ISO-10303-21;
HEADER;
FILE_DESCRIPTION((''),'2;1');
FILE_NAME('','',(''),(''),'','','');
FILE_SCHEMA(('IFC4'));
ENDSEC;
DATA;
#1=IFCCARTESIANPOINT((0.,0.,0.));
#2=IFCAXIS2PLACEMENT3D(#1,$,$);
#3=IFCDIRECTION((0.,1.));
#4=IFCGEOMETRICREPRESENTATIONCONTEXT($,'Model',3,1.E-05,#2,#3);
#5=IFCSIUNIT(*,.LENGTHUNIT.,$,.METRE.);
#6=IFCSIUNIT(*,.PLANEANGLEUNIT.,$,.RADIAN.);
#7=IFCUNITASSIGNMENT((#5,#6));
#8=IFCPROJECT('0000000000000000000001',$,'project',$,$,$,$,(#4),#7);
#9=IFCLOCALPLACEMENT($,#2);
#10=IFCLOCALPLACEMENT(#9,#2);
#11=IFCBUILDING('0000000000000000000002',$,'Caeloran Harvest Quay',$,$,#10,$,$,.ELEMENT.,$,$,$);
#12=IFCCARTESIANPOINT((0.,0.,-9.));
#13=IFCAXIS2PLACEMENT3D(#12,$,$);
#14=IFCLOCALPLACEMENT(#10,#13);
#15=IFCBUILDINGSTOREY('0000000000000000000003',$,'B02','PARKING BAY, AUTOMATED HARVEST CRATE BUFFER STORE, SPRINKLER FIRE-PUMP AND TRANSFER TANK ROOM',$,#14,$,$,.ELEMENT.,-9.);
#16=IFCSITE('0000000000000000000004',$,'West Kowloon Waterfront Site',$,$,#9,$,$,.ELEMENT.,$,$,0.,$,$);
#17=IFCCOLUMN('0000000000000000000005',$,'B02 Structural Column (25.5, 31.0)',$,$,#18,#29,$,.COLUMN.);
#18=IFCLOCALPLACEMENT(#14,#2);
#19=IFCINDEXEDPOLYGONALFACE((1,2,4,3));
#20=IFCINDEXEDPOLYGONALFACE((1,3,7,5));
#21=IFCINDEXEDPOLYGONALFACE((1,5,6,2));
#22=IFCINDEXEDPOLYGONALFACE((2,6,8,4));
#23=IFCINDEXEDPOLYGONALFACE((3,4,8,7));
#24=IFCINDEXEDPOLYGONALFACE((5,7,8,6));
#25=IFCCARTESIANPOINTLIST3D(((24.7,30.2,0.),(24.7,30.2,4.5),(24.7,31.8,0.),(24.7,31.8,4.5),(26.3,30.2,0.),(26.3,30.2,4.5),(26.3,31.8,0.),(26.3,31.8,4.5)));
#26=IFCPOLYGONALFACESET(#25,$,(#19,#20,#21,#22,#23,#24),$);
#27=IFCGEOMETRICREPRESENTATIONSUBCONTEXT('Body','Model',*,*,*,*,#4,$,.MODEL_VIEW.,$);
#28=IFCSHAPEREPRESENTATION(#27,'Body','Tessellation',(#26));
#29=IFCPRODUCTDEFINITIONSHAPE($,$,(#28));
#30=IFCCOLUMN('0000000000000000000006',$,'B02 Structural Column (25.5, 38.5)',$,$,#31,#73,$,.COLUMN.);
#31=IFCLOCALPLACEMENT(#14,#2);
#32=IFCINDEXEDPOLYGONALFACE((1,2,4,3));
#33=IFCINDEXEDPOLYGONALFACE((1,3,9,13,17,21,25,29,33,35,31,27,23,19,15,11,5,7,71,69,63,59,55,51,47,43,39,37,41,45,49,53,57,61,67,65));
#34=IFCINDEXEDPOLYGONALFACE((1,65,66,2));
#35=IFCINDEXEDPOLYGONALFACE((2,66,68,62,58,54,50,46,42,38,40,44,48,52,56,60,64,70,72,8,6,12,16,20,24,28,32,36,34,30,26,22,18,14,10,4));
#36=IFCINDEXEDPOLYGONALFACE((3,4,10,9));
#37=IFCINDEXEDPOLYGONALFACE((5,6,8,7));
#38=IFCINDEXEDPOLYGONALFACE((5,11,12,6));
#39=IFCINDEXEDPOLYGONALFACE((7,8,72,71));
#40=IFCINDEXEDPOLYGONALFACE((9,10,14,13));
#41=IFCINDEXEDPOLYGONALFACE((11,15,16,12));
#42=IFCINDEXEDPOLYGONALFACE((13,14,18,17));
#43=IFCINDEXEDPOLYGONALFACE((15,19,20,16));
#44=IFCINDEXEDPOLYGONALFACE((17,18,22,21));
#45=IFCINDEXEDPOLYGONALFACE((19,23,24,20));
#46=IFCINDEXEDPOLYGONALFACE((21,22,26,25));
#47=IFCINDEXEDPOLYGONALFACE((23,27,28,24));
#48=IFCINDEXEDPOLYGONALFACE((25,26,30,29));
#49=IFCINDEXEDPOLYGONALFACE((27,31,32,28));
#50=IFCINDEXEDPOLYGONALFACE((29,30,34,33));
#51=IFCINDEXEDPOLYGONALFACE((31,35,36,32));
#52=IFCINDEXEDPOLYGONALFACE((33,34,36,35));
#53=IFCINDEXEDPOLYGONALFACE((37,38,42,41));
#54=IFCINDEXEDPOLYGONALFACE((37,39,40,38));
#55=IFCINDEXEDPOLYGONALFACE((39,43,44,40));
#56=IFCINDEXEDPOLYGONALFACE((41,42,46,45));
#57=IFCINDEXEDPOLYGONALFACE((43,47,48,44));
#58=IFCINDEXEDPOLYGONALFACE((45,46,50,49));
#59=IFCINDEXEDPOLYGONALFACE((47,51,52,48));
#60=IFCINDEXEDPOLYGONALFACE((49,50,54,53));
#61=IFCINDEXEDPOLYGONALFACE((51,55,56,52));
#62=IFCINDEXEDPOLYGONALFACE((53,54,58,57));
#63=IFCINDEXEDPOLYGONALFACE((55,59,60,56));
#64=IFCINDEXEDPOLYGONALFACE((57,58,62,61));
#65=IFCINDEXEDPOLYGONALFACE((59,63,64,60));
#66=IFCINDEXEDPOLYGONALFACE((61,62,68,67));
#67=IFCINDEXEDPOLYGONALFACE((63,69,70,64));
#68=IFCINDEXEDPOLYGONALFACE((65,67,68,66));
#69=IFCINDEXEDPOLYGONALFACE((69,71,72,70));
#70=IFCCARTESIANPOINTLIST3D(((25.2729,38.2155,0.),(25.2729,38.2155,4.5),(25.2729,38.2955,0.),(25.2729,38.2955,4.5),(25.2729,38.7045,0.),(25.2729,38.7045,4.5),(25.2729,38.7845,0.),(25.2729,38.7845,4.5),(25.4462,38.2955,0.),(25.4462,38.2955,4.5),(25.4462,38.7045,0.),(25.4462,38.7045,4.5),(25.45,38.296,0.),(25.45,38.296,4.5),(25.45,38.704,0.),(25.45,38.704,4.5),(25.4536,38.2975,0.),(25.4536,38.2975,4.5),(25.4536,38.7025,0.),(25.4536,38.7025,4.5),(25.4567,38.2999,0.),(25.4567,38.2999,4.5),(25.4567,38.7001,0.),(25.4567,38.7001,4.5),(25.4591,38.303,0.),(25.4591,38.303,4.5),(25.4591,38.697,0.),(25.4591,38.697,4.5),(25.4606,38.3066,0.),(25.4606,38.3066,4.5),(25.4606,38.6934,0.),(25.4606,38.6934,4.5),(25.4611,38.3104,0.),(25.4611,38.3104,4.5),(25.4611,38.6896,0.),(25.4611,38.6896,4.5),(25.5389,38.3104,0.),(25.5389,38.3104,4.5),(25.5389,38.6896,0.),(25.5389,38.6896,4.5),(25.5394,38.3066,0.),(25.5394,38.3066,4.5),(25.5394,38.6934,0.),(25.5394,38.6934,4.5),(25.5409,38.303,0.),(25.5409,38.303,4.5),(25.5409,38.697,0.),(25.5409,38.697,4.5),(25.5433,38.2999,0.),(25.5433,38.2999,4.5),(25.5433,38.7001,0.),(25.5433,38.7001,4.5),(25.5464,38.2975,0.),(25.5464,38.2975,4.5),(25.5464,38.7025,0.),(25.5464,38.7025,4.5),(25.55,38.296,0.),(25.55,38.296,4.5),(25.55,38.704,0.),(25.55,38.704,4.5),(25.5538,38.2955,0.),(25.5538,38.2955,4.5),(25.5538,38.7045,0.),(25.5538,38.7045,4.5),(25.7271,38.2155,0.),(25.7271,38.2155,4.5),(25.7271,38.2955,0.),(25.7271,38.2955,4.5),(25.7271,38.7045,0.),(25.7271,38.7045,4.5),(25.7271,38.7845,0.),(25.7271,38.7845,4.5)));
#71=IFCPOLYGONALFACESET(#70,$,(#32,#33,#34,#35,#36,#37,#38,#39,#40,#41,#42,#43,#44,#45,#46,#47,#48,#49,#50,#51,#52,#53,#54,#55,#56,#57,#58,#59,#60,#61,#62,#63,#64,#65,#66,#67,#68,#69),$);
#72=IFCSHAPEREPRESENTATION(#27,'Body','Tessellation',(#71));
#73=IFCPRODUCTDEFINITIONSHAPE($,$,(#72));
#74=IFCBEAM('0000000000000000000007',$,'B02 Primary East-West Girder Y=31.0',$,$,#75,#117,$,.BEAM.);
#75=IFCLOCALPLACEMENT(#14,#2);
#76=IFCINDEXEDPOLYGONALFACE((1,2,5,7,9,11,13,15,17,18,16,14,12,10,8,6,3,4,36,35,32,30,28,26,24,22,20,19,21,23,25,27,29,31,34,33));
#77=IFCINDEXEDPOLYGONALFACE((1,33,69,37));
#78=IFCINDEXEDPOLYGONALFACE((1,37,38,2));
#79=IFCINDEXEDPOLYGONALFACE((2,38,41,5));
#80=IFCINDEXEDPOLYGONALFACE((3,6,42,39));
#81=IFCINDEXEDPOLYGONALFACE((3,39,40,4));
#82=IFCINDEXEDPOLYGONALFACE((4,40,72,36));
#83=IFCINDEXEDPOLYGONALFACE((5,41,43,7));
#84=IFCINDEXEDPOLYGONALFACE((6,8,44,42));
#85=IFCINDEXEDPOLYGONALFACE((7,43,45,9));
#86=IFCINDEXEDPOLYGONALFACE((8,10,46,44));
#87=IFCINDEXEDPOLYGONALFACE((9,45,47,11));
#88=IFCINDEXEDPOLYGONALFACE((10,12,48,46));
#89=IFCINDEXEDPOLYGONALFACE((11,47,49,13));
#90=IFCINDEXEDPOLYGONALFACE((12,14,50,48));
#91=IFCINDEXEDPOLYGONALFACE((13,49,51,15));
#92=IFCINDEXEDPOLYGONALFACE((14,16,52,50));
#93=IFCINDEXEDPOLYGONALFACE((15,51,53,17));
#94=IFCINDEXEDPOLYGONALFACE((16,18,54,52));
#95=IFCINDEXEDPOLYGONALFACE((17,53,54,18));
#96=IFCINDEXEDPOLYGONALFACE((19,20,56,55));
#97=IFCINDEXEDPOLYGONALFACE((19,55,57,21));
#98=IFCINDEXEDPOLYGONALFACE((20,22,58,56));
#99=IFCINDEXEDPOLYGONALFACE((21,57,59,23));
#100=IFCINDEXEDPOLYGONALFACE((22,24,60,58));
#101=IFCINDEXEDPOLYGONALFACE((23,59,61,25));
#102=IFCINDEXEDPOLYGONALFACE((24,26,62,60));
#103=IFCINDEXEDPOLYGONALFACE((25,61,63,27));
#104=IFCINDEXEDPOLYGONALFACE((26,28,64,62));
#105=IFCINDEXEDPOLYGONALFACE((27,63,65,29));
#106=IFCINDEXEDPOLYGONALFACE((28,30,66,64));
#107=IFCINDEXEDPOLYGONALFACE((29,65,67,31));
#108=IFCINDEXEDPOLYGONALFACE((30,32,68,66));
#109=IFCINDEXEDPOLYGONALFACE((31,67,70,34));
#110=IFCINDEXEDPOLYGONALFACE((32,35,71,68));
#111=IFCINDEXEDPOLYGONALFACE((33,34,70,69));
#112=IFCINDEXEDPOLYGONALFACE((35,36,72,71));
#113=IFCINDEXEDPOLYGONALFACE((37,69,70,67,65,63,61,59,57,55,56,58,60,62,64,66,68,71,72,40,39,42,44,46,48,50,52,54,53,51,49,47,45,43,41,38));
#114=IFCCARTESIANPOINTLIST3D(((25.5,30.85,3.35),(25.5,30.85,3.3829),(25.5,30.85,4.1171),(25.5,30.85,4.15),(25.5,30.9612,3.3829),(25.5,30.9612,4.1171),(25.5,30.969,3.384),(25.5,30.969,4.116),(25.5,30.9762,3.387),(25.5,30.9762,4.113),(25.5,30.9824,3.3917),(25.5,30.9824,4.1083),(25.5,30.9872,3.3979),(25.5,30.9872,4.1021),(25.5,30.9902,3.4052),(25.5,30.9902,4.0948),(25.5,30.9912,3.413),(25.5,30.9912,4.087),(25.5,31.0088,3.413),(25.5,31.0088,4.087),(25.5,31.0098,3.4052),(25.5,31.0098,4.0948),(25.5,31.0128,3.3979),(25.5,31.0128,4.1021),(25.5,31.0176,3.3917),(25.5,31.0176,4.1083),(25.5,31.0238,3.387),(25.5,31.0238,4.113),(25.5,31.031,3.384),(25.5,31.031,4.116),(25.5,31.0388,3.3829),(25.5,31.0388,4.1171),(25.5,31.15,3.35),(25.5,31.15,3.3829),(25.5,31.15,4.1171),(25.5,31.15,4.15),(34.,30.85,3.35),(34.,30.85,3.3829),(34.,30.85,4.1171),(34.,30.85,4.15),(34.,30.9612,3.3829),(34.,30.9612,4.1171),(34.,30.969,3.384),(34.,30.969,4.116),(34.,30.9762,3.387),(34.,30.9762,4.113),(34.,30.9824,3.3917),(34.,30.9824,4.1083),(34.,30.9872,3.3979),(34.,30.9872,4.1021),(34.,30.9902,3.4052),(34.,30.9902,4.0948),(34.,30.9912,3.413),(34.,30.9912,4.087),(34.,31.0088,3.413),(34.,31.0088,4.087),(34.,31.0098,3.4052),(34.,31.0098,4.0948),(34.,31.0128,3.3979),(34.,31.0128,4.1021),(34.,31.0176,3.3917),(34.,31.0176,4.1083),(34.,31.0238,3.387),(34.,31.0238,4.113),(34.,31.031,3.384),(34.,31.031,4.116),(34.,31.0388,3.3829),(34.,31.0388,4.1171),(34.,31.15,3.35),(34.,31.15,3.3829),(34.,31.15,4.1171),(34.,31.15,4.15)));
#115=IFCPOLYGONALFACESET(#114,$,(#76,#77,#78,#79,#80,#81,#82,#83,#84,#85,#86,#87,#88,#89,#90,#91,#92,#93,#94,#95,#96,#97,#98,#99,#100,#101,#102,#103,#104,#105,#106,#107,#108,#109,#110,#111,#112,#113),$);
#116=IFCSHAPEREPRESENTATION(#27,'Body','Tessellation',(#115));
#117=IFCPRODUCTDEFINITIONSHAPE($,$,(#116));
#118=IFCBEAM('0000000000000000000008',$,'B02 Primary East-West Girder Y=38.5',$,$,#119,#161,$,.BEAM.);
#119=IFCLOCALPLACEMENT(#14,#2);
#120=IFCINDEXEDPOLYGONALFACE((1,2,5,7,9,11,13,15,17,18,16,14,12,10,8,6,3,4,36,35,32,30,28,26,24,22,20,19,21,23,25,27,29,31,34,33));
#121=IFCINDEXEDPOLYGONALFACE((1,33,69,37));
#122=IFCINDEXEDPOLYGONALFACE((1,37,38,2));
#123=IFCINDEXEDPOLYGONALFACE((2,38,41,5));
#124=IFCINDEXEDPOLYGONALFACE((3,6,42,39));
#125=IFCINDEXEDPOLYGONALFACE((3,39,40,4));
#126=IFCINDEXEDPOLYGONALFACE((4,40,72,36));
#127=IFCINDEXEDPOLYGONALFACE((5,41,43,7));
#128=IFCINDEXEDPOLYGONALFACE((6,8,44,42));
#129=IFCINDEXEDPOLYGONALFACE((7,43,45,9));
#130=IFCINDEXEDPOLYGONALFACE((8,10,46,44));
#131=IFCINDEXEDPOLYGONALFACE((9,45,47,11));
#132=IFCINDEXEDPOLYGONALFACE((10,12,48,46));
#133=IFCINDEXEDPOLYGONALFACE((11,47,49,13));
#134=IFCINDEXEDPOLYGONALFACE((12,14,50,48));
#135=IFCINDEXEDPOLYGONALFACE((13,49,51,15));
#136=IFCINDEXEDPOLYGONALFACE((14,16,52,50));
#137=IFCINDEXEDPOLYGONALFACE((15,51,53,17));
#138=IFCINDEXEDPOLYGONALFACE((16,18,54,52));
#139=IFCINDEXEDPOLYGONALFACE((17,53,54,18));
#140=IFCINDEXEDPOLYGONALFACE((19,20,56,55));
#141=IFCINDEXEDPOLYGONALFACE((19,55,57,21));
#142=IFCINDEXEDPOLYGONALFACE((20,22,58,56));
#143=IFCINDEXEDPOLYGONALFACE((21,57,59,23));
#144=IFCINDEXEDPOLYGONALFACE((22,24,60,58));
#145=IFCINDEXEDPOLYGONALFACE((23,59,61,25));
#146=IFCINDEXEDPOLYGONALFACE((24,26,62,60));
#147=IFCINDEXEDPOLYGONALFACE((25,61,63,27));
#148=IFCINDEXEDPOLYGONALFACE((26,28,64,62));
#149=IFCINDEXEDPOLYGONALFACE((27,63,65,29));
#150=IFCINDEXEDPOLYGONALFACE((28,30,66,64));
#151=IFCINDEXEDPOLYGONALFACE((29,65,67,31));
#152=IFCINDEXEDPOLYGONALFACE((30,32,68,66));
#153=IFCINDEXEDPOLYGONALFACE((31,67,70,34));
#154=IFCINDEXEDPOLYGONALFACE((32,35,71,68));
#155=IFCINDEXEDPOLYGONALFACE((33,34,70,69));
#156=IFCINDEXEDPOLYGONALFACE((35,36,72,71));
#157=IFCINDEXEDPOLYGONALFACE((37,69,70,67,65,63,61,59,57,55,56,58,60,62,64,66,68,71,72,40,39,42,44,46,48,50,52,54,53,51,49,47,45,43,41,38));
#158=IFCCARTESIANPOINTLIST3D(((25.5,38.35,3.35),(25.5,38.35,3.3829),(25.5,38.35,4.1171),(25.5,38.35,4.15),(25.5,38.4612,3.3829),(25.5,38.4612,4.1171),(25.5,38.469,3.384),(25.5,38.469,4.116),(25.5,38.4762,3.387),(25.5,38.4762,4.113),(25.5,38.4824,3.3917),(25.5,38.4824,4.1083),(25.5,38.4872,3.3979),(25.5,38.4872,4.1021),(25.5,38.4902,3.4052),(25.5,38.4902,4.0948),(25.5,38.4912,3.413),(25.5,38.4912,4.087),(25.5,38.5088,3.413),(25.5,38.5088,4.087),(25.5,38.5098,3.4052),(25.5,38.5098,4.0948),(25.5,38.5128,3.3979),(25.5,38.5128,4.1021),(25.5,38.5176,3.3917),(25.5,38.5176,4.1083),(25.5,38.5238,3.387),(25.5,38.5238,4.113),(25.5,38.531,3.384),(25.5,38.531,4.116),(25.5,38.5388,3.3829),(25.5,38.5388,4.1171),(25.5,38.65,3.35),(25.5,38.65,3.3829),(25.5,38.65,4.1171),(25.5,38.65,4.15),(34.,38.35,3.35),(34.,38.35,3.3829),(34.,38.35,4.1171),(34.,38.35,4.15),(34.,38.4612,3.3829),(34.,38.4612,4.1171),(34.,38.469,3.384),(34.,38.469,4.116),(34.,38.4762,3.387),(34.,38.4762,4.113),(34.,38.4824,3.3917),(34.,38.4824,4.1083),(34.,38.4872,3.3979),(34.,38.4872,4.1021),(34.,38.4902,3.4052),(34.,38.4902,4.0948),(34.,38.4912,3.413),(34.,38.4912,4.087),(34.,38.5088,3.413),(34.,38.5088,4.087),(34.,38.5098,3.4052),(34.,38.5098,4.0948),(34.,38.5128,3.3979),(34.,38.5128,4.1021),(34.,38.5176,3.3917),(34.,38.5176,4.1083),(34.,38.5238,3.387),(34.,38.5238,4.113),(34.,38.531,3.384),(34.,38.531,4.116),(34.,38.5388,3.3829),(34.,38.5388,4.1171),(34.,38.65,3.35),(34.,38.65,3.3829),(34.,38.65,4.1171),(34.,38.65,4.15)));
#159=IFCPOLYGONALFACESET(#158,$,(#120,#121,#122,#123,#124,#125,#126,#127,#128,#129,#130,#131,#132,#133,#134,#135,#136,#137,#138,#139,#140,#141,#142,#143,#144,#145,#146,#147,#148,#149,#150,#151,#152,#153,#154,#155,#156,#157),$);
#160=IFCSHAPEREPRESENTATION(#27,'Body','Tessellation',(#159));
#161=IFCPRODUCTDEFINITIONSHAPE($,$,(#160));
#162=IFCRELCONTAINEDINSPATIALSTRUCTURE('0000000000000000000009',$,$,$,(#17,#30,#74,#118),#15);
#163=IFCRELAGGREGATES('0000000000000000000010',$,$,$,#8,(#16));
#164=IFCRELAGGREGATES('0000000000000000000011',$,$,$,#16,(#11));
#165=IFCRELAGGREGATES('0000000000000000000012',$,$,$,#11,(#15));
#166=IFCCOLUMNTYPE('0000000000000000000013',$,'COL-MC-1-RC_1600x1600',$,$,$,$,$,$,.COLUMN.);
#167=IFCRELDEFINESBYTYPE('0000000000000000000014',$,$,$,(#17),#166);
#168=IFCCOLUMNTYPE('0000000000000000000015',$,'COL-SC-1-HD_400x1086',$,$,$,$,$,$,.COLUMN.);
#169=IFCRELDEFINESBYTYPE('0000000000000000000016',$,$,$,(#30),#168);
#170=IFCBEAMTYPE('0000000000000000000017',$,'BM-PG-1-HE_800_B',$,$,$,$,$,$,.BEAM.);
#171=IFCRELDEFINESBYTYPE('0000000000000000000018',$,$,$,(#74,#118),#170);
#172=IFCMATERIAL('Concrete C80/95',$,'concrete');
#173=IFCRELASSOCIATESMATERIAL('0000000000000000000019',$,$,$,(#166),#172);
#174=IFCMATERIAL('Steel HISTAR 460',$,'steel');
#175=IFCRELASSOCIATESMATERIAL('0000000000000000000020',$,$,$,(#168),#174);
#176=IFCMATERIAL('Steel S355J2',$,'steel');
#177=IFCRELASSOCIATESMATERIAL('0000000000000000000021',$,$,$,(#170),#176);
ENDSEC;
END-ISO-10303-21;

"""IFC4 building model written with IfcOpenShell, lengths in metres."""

from ifc_helpers import new_model, si_unit, direction, frame, origin, origin_2d, place, context, subcontext, project, spatial, rectangle, i_section, extrude, material, material_profile, profile_set, type_object, element, save


model = new_model("IFC4")

# Units and contexts
model_context = context("Model", 3, precision=1e-05, world=origin(), true_north=direction((0.0, 1.0)))
body_context = subcontext(model_context, "Body", "Model", "MODEL_VIEW")
ifc_project = project(units=[si_unit("LENGTHUNIT", "METRE"), si_unit("PLANEANGLEUNIT", "RADIAN")], contexts=[model_context])

# Site, building, storey
site_placement = place(None, origin())
site = spatial("IfcSite", under=ifc_project, at=site_placement, Name="West Kowloon Waterfront Site", CompositionType="ELEMENT", RefElevation=0.0)
building_placement = place(site_placement, origin())
building = spatial("IfcBuilding", under=site, at=building_placement, Name="Caeloran Harvest Quay", CompositionType="ELEMENT")
storey_placement = place(building_placement, frame((0.0, 0.0, -9.0)))
storey = spatial("IfcBuildingStorey", under=building, at=storey_placement, Name="B02", Description="PARKING BAY, AUTOMATED HARVEST CRATE BUFFER STORE, SPRINKLER FIRE-PUMP AND TRANSFER TANK ROOM", CompositionType="ELEMENT", Elevation=-9.0)

# Columns
ifc_material_1 = material(Name="Concrete C80/95", Category="concrete")
ifc_material_profile_1 = material_profile(ifc_material_1, rectangle(XDim=1.6001, YDim=1.6001, at=origin_2d()), Name="RC 1600x1600")
ifc_profile_set_1 = profile_set([ifc_material_profile_1], Name="Concrete C80/95")
column_type_1 = type_object("IfcColumnType", Name="COL-MC-1-RC_1600x1600", PredefinedType="COLUMN", material=ifc_profile_set_1)
column_1_placement = place(storey_placement, frame((25.5, 31.0, 0.0), z_axis=(0.0, 0.0, 1.0), x_axis=(1.0, 0.0, 0.0)))
element("IfcColumn", 1, at=column_1_placement, inside=storey, type_object=column_type_1, Name="B02 Structural Column (25.5, 31.0)", PredefinedType="COLUMN", context=body_context, shape_type="SweptSolid", body=[
    extrude(rectangle(XDim=1.6001, YDim=1.6001, at=origin_2d()), origin(), (0.0, 0.0, 1.0), 4.5),
])
ifc_material_2 = material(Name="Steel HISTAR 460", Category="steel")
ifc_material_profile_2 = material_profile(ifc_material_2, i_section(OverallWidth=0.4541, OverallDepth=0.5691, WebThickness=0.0779, FlangeThickness=0.0801, FilletRadius=0.0149, at=origin_2d()), Name="HD 400x1086")
ifc_profile_set_2 = profile_set([ifc_material_profile_2], Name="Steel HISTAR 460")
column_type_2 = type_object("IfcColumnType", Name="COL-SC-1-HD_400x1086", PredefinedType="COLUMN", material=ifc_profile_set_2)
column_2_placement = place(storey_placement, frame((25.5, 38.5, 0.0), z_axis=(0.0, 0.0, 1.0), x_axis=(1.0, 0.0, 0.0)))
element("IfcColumn", 2, at=column_2_placement, inside=storey, type_object=column_type_2, Name="B02 Structural Column (25.5, 38.5)", PredefinedType="COLUMN", context=body_context, shape_type="SweptSolid", body=[
    extrude(i_section(OverallWidth=0.4541, OverallDepth=0.5691, WebThickness=0.0779, FlangeThickness=0.0801, FilletRadius=0.0149, at=origin_2d()), origin(), (0.0, 0.0, 1.0), 4.5),
])

# Beams
ifc_material_3 = material(Name="Steel S355J2", Category="steel")
ifc_material_profile_3 = material_profile(ifc_material_3, i_section(OverallWidth=0.3, OverallDepth=0.8, WebThickness=0.0176, FlangeThickness=0.033, FilletRadius=0.03, at=origin_2d()), Name="HE 800 B")
ifc_profile_set_3 = profile_set([ifc_material_profile_3], Name="Steel S355J2")
beam_type_1 = type_object("IfcBeamType", Name="BM-PG-1-HE_800_B", PredefinedType="BEAM", material=ifc_profile_set_3)
for number, where, z_axis, x_axis, name in (
    (3, (25.5, 31.0, 3.75), (1.0, 0.0, 0.0), (0.0, 1.0, 0.0), "B02 Primary East-West Girder Y=31.0"),
    (4, (25.5, 38.5, 3.75), (1.0, 0.0, 0.0), (0.0, 1.0, 0.0), "B02 Primary East-West Girder Y=38.5"),
):
    element("IfcBeam", number, at=place(storey_placement, frame(where, z_axis=z_axis, x_axis=x_axis)), inside=storey, type_object=beam_type_1, Name=name, PredefinedType="BEAM", context=body_context, shape_type="SweptSolid", body=[
        extrude(i_section(OverallWidth=0.3, OverallDepth=0.8, WebThickness=0.0176, FlangeThickness=0.033, FilletRadius=0.03, at=origin_2d()), origin(), (0.0, 0.0, 1.0), 8.5),
    ])

save(model, "model.ifc")
